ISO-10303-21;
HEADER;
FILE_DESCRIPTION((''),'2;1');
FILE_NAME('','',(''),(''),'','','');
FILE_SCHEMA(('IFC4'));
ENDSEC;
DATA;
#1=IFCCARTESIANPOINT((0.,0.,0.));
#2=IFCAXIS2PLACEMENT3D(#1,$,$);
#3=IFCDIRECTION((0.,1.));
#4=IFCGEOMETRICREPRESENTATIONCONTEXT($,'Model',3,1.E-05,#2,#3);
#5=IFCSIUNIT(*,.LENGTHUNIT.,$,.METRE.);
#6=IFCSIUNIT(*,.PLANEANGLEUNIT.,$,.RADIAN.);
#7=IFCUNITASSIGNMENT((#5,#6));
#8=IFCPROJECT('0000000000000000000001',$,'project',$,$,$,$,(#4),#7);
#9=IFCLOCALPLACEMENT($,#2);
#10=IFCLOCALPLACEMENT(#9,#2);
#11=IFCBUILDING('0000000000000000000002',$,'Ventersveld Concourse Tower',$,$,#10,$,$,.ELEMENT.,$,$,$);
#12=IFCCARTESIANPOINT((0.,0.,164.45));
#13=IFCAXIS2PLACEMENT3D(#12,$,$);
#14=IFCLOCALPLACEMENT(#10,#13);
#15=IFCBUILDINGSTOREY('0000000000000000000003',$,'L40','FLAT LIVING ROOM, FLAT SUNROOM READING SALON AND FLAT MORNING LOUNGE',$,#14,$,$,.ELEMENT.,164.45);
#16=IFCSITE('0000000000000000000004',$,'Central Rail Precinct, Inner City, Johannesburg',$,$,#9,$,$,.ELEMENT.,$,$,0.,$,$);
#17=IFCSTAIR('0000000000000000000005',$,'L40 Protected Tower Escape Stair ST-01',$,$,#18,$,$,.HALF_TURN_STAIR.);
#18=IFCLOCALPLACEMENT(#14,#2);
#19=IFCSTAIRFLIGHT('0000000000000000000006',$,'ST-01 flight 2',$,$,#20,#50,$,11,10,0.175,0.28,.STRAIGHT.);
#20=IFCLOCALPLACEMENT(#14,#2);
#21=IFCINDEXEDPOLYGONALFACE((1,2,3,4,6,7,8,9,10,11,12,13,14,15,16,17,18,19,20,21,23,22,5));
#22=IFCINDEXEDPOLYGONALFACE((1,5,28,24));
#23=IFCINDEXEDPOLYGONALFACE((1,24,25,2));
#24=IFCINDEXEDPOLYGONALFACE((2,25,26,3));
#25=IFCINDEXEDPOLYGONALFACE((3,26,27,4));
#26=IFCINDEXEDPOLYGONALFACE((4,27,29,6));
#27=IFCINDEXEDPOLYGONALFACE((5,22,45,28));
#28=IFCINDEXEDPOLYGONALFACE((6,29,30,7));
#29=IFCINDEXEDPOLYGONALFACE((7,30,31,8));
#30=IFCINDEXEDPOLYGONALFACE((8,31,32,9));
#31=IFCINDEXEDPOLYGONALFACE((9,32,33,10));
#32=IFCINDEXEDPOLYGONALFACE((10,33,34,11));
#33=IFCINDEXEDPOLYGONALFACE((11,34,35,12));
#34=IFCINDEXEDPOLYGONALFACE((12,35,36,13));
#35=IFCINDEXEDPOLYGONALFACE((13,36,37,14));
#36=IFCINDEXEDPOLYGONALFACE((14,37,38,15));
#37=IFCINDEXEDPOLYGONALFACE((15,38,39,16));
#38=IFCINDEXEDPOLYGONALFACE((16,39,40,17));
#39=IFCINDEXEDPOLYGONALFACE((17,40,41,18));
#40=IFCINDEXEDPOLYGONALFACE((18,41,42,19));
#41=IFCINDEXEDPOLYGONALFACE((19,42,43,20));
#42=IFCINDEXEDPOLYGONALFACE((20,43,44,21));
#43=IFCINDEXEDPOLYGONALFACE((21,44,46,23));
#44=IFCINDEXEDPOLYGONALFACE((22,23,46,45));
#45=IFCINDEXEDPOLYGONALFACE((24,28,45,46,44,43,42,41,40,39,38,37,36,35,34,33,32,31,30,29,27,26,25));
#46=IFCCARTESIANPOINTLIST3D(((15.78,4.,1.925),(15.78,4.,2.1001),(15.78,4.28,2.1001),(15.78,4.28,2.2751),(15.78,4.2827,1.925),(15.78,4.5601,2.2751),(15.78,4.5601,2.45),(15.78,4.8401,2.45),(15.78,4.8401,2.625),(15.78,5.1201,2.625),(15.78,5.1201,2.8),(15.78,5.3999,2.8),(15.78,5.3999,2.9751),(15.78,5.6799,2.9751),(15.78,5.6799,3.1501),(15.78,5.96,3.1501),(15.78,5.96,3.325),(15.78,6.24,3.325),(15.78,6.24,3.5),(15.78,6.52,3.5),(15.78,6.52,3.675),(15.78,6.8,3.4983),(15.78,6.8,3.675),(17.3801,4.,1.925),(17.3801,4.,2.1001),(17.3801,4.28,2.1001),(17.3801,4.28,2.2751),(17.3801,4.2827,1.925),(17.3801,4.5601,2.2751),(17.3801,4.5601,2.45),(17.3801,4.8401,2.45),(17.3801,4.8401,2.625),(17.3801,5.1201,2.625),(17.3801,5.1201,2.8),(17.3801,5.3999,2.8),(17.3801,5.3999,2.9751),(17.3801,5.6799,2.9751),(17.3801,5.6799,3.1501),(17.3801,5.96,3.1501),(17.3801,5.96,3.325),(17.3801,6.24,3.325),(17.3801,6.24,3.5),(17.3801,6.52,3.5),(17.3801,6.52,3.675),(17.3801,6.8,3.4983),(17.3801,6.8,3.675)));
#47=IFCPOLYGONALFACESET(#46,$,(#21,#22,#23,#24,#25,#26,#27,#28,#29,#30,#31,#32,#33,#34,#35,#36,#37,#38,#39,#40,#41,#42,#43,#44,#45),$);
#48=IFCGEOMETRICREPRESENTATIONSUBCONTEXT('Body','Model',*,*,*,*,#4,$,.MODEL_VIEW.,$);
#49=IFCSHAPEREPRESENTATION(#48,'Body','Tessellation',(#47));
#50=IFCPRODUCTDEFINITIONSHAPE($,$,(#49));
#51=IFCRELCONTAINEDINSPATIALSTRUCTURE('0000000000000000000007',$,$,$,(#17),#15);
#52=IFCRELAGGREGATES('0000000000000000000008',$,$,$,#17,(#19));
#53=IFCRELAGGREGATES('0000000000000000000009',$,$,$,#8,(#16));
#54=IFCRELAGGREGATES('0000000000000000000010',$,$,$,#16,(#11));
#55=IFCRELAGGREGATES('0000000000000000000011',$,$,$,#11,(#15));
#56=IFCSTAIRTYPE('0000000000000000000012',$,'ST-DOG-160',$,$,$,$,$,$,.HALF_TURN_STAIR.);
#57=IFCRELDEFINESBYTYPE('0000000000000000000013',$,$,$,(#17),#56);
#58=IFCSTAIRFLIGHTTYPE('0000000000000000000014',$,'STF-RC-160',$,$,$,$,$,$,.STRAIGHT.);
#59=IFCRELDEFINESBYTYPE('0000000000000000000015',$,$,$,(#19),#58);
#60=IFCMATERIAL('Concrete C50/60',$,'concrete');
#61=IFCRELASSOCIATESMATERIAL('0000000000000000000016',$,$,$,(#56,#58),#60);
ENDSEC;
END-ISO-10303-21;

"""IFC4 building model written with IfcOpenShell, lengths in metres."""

from ifc_helpers import new_model, si_unit, direction, frame, origin, place, context, subcontext, project, spatial, polyline, outline, extrude, material, type_object, element, aggregate, save


model = new_model("IFC4")

# Units and contexts
model_context = context("Model", 3, precision=1e-05, world=origin(), true_north=direction((0.0, 1.0)))
body_context = subcontext(model_context, "Body", "Model", "MODEL_VIEW")
ifc_project = project(units=[si_unit("LENGTHUNIT", "METRE"), si_unit("PLANEANGLEUNIT", "RADIAN")], contexts=[model_context])

# Site, building, storey
site_placement = place(None, origin())
site = spatial("IfcSite", under=ifc_project, at=site_placement, Name="Central Rail Precinct, Inner City, Johannesburg", CompositionType="ELEMENT", RefElevation=0.0)
building_placement = place(site_placement, origin())
building = spatial("IfcBuilding", under=site, at=building_placement, Name="Ventersveld Concourse Tower", CompositionType="ELEMENT")
storey_placement = place(building_placement, frame((0.0, 0.0, 164.45)))
storey = spatial("IfcBuildingStorey", under=building, at=storey_placement, Name="L40", Description="FLAT LIVING ROOM, FLAT SUNROOM READING SALON AND FLAT MORNING LOUNGE", CompositionType="ELEMENT", Elevation=164.45)

# Shared definitions
ifc_material_1 = material(Name="Concrete C50/60", Category="concrete")

# Stair, stair flight
stair_type = type_object("IfcStairType", Name="ST-DOG-160", PredefinedType="HALF_TURN_STAIR", material=ifc_material_1)
stair_placement = place(storey_placement, origin())
stair = element("IfcStair", 1, at=stair_placement, inside=storey, type_object=stair_type, Name="L40 Protected Tower Escape Stair ST-01", PredefinedType="HALF_TURN_STAIR")
stair_flight_type = type_object("IfcStairFlightType", Name="STF-RC-160", PredefinedType="STRAIGHT", material=ifc_material_1)
stair_flight_placement = place(storey_placement, frame((16.5801, 4.0, 1.925), z_axis=(0.0, 0.0, 1.0), x_axis=(0.0, 1.0, 0.0)))
stair_flight = element("IfcStairFlight", 2, at=stair_flight_placement, type_object=stair_flight_type, Name="ST-01 flight 2", NumberOfRisers=11, NumberOfTreads=10, PredefinedType="STRAIGHT", RiserHeight=0.175, TreadLength=0.28, context=body_context, shape_type="SweptSolid", body=[
    extrude(outline(polyline([(0.0, 0.0), (0.0, 0.175), (0.28, 0.175), (0.28, 0.3501), (0.5601, 0.3501), (0.5601, 0.5249), (0.8401, 0.5249), (0.8401, 0.7), (1.1201, 0.7), (1.1201, 0.875), (1.3999, 0.875), (1.3999, 1.05), (1.6799, 1.05), (1.6799, 1.2251), (1.96, 1.2251), (1.96, 1.3999), (2.24, 1.3999), (2.24, 1.575), (2.52, 1.575), (2.52, 1.75), (2.8, 1.75), (2.8, 1.925), (2.8, 1.5732), (0.2827, 0.0), (0.0, 0.0)])), frame((0.0, 0.8, 0.0), z_axis=(0.0, -1.0, 0.0), x_axis=(1.0, 0.0, 0.0)), (0.0, 0.0, 1.0), 1.6001),
])
aggregate(stair, [stair_flight])

save(model, "model.ifc")
